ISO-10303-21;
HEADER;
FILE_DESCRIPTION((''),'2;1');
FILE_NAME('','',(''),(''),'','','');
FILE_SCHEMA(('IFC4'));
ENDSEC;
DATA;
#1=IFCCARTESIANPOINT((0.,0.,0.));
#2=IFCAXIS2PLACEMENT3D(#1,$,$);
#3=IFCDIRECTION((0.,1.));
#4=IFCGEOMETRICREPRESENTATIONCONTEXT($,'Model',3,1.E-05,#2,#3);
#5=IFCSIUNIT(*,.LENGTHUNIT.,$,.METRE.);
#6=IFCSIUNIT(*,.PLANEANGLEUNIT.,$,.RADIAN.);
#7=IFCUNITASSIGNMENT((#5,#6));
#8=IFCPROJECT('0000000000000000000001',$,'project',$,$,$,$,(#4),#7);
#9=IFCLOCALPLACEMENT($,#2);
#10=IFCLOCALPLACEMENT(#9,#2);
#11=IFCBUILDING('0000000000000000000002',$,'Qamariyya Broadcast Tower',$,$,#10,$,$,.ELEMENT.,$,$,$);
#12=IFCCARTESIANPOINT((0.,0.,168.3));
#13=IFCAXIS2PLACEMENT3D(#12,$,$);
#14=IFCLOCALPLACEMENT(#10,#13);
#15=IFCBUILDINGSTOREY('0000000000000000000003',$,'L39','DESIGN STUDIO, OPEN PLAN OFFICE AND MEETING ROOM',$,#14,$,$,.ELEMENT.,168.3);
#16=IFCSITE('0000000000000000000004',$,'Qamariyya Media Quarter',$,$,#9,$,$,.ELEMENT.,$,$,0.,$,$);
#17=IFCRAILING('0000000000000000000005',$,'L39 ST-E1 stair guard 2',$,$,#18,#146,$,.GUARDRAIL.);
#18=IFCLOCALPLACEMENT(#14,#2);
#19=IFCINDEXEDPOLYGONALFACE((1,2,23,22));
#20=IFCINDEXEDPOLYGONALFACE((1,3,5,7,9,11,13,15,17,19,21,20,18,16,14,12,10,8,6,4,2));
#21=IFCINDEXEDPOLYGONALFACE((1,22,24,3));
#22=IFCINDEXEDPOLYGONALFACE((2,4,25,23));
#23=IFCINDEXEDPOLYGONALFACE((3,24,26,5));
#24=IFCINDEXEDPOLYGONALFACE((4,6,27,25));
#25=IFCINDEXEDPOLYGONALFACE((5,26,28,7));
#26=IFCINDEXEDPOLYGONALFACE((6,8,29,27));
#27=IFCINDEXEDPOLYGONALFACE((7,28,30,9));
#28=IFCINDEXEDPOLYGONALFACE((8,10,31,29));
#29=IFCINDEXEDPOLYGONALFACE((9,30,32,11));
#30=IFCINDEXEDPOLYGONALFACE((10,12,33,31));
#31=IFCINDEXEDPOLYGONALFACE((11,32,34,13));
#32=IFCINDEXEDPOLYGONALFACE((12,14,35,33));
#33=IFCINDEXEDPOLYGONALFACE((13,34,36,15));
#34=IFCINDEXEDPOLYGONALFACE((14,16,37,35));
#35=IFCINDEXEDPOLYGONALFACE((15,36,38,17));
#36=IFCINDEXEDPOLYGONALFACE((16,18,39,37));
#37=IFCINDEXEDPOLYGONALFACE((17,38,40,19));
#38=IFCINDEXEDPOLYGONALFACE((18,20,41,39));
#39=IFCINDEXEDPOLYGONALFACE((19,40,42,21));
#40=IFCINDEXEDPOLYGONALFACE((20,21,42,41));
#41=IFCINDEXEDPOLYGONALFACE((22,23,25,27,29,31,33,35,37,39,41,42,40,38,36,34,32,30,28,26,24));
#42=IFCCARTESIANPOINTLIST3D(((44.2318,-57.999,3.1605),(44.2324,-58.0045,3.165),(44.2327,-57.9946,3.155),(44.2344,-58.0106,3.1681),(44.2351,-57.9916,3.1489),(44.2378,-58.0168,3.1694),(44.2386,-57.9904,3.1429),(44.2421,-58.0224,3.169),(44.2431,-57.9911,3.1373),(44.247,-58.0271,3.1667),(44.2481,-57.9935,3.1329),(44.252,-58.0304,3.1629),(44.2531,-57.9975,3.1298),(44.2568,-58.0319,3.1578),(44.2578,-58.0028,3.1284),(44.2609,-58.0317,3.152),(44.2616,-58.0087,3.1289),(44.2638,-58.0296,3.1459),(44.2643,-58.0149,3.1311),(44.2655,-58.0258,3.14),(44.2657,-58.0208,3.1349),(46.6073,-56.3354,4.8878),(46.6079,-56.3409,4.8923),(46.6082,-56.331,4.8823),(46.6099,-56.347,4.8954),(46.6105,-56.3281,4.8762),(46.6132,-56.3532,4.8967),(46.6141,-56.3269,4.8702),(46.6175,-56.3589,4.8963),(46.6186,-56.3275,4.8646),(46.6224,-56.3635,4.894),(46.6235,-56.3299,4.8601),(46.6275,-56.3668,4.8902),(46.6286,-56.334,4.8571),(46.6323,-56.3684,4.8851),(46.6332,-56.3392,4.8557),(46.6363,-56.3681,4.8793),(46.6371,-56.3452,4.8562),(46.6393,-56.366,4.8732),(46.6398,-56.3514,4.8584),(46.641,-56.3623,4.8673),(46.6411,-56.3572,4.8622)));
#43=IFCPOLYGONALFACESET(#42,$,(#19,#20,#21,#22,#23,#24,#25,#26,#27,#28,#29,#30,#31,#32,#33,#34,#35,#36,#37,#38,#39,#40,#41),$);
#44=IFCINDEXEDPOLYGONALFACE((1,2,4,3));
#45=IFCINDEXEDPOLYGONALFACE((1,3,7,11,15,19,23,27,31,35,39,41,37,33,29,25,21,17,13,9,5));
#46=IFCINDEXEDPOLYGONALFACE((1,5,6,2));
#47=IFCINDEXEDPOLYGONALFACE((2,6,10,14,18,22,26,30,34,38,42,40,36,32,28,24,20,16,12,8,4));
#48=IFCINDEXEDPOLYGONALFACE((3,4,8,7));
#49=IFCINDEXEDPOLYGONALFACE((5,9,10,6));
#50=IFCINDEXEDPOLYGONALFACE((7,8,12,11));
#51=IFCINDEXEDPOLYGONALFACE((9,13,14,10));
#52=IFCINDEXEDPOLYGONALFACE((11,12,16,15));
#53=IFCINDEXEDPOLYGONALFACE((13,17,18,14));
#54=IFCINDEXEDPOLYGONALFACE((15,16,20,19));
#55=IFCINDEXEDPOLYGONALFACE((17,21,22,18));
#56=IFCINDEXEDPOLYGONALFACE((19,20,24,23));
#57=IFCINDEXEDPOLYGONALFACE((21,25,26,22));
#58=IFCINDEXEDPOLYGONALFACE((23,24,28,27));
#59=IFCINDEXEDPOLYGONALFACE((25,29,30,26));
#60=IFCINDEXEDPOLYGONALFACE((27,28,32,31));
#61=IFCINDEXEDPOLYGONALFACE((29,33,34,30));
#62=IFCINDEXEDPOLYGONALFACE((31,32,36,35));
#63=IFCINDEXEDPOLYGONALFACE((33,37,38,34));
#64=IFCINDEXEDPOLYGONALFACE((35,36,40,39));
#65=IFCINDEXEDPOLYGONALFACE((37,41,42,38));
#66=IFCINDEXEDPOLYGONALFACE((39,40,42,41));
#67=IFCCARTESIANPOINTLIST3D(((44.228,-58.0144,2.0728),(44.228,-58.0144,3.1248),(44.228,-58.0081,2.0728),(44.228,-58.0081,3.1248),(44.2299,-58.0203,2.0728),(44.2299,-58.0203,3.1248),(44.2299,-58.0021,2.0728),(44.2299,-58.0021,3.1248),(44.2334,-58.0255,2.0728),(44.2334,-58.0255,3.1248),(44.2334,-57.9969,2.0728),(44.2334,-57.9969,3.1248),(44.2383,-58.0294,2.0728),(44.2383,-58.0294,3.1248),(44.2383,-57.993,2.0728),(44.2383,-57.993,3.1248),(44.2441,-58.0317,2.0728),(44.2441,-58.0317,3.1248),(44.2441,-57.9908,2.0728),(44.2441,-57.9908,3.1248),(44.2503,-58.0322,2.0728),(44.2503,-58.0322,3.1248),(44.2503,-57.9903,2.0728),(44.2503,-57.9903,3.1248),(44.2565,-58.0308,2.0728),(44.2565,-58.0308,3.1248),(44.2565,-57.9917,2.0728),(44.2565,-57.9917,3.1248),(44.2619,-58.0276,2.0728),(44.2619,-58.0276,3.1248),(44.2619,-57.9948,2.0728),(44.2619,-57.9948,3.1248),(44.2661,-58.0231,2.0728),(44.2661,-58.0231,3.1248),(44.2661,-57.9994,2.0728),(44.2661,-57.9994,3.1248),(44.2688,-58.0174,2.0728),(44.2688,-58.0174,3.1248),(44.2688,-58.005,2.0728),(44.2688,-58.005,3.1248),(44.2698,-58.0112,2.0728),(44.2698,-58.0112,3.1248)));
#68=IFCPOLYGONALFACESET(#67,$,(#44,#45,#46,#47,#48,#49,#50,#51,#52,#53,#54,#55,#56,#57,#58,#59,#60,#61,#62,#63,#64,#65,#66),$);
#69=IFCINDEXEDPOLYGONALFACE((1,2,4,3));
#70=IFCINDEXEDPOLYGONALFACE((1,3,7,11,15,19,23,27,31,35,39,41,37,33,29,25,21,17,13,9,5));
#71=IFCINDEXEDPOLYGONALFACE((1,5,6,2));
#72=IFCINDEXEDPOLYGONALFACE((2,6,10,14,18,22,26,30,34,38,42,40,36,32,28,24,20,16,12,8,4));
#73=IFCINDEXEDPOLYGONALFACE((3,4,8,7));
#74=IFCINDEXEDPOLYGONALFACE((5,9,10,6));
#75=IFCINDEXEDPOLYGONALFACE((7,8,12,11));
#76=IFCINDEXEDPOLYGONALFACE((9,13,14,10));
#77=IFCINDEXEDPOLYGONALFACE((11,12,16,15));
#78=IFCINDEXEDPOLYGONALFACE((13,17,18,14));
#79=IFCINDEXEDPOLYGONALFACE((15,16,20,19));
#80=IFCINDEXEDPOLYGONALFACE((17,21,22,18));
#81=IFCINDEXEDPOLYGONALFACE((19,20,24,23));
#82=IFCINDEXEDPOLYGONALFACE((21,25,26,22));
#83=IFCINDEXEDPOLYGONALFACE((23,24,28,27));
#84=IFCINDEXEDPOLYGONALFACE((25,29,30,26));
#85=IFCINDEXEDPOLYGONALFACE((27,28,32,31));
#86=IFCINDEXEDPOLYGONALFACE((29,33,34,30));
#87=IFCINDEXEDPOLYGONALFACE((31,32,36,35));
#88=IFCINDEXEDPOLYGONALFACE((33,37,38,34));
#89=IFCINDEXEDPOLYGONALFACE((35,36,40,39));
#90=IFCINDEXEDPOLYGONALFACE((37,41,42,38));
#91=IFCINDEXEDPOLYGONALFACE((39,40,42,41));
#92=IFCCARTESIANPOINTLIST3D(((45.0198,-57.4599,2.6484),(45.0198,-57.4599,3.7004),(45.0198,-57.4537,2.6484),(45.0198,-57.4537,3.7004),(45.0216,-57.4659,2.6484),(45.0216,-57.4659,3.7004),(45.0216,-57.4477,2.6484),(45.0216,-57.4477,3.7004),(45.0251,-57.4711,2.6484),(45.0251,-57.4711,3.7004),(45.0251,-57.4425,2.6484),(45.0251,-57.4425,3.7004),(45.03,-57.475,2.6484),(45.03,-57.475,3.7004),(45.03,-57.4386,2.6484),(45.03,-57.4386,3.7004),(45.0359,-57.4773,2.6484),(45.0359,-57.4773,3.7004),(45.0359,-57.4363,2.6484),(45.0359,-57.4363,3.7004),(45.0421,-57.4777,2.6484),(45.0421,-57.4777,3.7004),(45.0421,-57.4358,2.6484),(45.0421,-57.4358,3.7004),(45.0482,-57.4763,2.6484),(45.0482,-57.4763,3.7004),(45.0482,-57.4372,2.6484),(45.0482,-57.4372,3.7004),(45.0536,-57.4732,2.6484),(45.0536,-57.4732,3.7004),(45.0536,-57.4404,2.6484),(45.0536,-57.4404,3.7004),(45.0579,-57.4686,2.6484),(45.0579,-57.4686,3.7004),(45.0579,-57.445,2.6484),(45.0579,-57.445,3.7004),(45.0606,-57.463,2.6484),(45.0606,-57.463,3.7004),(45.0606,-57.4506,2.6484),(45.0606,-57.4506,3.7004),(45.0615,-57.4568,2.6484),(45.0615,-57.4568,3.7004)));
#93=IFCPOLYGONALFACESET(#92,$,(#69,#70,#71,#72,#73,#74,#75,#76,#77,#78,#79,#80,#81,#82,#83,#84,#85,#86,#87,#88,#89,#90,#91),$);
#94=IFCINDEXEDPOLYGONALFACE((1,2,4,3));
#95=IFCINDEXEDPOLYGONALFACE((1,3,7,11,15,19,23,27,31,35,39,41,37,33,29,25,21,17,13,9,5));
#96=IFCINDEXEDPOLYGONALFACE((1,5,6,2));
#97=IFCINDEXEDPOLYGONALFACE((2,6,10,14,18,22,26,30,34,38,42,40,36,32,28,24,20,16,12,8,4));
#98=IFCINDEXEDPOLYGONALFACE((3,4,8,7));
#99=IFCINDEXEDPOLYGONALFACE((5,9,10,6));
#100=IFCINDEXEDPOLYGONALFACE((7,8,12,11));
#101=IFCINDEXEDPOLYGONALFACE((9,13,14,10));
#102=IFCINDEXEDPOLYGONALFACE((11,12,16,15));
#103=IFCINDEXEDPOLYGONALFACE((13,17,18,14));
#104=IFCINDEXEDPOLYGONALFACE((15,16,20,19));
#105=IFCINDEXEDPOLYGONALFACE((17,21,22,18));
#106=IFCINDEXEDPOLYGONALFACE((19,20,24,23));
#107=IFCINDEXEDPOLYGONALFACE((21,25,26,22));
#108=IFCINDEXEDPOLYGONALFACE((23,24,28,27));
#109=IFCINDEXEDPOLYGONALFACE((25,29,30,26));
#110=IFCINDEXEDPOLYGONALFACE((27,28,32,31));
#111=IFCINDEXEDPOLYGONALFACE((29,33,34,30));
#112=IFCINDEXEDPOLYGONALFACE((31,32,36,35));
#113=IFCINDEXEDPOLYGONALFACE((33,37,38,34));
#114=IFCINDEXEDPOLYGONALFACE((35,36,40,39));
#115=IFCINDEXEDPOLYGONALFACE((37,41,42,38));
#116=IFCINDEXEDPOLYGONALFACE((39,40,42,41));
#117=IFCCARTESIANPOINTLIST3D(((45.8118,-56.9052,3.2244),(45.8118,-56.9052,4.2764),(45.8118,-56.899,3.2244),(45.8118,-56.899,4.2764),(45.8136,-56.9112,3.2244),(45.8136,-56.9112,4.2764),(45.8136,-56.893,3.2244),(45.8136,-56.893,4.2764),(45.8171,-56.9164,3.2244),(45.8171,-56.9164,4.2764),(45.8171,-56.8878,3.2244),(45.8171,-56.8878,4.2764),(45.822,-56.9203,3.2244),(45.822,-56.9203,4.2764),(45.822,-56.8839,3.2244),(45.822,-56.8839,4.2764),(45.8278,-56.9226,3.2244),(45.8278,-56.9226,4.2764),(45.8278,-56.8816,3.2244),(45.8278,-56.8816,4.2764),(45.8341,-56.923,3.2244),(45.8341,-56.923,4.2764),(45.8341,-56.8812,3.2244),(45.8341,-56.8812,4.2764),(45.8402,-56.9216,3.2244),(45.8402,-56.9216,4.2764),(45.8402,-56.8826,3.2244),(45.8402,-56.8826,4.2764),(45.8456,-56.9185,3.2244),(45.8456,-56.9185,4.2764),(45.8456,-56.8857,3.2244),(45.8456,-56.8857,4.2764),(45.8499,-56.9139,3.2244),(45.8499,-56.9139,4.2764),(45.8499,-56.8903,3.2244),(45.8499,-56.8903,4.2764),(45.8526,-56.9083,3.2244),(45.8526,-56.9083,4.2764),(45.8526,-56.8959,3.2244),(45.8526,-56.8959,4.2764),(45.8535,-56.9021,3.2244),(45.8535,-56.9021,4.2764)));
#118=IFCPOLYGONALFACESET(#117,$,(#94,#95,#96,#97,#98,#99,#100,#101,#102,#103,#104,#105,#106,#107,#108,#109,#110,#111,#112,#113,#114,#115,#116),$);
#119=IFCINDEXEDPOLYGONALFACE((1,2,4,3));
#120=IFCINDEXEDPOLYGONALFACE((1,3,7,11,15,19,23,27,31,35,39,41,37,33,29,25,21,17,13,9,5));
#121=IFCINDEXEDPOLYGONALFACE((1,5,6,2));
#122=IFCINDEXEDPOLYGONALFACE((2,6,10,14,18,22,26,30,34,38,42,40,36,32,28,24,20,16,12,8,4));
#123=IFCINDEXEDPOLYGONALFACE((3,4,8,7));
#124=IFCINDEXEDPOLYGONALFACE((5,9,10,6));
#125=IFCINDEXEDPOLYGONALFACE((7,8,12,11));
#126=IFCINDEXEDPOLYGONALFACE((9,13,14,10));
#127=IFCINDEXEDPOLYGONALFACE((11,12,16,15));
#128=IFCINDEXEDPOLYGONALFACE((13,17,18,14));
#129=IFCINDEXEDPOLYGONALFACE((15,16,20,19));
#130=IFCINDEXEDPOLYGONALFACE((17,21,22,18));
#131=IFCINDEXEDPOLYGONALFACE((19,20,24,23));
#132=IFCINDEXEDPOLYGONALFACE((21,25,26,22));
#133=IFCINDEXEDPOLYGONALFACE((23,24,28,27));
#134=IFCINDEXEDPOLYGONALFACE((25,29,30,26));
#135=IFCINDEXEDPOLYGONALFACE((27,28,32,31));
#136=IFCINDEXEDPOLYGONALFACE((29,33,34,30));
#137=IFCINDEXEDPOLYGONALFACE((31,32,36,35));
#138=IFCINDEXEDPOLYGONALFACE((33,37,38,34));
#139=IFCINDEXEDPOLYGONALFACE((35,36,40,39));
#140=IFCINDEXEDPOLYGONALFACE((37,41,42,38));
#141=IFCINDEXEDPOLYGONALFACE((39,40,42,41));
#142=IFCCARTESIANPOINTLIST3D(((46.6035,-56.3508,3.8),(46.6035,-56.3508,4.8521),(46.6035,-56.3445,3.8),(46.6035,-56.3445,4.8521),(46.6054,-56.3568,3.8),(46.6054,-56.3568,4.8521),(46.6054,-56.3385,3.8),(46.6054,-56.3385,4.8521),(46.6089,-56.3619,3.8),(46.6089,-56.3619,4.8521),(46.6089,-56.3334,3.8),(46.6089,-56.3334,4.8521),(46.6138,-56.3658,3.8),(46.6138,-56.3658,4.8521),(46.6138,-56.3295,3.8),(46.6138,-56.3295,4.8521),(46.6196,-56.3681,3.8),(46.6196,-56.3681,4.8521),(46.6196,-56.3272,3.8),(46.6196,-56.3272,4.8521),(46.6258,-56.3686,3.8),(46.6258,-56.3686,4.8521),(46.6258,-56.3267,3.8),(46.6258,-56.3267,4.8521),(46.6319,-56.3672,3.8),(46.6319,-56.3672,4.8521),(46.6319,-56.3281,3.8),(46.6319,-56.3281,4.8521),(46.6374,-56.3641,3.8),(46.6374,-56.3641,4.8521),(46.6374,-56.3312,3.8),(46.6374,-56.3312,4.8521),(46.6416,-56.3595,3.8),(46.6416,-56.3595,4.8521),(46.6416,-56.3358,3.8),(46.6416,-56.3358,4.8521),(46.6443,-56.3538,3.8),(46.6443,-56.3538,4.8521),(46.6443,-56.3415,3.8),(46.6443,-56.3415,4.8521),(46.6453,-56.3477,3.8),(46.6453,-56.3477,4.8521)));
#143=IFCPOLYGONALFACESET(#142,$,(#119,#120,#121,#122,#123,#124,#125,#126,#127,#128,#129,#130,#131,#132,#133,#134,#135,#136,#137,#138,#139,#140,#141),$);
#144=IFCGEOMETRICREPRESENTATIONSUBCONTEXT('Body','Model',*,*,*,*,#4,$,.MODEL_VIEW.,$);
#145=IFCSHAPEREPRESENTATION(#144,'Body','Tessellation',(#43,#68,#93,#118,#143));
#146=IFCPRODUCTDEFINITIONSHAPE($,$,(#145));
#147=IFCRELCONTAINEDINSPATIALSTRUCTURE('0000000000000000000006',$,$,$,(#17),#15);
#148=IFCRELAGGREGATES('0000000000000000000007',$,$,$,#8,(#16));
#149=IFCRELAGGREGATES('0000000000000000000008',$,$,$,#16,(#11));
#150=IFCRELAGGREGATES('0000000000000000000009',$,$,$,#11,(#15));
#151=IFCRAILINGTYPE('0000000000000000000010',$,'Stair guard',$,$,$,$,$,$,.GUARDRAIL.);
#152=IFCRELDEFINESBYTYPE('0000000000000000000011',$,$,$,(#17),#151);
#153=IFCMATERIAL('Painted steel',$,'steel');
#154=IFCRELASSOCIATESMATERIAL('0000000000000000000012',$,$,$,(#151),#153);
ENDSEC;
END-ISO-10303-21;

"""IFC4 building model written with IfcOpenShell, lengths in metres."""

from ifc_helpers import new_model, si_unit, direction, frame, origin, origin_2d, place, context, subcontext, project, spatial, circle, extrude, material, type_object, element, save


model = new_model("IFC4")

# Units and contexts
model_context = context("Model", 3, precision=1e-05, world=origin(), true_north=direction((0.0, 1.0)))
body_context = subcontext(model_context, "Body", "Model", "MODEL_VIEW")
ifc_project = project(units=[si_unit("LENGTHUNIT", "METRE"), si_unit("PLANEANGLEUNIT", "RADIAN")], contexts=[model_context])

# Site, building, storey
site_placement = place(None, origin())
site = spatial("IfcSite", under=ifc_project, at=site_placement, Name="Qamariyya Media Quarter", CompositionType="ELEMENT", RefElevation=0.0)
building_placement = place(site_placement, origin())
building = spatial("IfcBuilding", under=site, at=building_placement, Name="Qamariyya Broadcast Tower", CompositionType="ELEMENT")
storey_placement = place(building_placement, frame((0.0, 0.0, 168.3)))
storey = spatial("IfcBuildingStorey", under=building, at=storey_placement, Name="L39", Description="DESIGN STUDIO, OPEN PLAN OFFICE AND MEETING ROOM", CompositionType="ELEMENT", Elevation=168.3)

# Railing
ifc_material_1 = material(Name="Painted steel", Category="steel")
railing_type_1 = type_object("IfcRailingType", Name="Stair guard", PredefinedType="GUARDRAIL", material=ifc_material_1)
railing_1_placement = place(storey_placement, frame((44.2488, -58.0112, 2.0728)))
element("IfcRailing", 1, at=railing_1_placement, inside=storey, type_object=railing_type_1, Name="L39 ST-E1 stair guard 2", PredefinedType="GUARDRAIL", context=body_context, shape_type="SweptSolid", body=[
    extrude(circle(Radius=0.0239, at=origin_2d()), frame((0.0, 0.0, 1.0762), z_axis=(0.703745, 0.492838, 0.511716), x_axis=(-0.573632, 0.819113, 0.0)), (0.0, 0.0, 1.0), 3.3755),
    extrude(circle(Radius=0.021, at=origin_2d()), origin(), (0.0, 0.0, 1.0), 1.052),
    extrude(circle(Radius=0.021, at=origin_2d()), frame((0.7917, 0.5544, 0.5757)), (0.0, 0.0, 1.0), 1.052),
    extrude(circle(Radius=0.021, at=origin_2d()), frame((1.5837, 1.1091, 1.1516)), (0.0, 0.0, 1.0), 1.052),
    extrude(circle(Radius=0.021, at=origin_2d()), frame((2.3755, 1.6636, 1.7273)), (0.0, 0.0, 1.0), 1.052),
])

save(model, "model.ifc")
